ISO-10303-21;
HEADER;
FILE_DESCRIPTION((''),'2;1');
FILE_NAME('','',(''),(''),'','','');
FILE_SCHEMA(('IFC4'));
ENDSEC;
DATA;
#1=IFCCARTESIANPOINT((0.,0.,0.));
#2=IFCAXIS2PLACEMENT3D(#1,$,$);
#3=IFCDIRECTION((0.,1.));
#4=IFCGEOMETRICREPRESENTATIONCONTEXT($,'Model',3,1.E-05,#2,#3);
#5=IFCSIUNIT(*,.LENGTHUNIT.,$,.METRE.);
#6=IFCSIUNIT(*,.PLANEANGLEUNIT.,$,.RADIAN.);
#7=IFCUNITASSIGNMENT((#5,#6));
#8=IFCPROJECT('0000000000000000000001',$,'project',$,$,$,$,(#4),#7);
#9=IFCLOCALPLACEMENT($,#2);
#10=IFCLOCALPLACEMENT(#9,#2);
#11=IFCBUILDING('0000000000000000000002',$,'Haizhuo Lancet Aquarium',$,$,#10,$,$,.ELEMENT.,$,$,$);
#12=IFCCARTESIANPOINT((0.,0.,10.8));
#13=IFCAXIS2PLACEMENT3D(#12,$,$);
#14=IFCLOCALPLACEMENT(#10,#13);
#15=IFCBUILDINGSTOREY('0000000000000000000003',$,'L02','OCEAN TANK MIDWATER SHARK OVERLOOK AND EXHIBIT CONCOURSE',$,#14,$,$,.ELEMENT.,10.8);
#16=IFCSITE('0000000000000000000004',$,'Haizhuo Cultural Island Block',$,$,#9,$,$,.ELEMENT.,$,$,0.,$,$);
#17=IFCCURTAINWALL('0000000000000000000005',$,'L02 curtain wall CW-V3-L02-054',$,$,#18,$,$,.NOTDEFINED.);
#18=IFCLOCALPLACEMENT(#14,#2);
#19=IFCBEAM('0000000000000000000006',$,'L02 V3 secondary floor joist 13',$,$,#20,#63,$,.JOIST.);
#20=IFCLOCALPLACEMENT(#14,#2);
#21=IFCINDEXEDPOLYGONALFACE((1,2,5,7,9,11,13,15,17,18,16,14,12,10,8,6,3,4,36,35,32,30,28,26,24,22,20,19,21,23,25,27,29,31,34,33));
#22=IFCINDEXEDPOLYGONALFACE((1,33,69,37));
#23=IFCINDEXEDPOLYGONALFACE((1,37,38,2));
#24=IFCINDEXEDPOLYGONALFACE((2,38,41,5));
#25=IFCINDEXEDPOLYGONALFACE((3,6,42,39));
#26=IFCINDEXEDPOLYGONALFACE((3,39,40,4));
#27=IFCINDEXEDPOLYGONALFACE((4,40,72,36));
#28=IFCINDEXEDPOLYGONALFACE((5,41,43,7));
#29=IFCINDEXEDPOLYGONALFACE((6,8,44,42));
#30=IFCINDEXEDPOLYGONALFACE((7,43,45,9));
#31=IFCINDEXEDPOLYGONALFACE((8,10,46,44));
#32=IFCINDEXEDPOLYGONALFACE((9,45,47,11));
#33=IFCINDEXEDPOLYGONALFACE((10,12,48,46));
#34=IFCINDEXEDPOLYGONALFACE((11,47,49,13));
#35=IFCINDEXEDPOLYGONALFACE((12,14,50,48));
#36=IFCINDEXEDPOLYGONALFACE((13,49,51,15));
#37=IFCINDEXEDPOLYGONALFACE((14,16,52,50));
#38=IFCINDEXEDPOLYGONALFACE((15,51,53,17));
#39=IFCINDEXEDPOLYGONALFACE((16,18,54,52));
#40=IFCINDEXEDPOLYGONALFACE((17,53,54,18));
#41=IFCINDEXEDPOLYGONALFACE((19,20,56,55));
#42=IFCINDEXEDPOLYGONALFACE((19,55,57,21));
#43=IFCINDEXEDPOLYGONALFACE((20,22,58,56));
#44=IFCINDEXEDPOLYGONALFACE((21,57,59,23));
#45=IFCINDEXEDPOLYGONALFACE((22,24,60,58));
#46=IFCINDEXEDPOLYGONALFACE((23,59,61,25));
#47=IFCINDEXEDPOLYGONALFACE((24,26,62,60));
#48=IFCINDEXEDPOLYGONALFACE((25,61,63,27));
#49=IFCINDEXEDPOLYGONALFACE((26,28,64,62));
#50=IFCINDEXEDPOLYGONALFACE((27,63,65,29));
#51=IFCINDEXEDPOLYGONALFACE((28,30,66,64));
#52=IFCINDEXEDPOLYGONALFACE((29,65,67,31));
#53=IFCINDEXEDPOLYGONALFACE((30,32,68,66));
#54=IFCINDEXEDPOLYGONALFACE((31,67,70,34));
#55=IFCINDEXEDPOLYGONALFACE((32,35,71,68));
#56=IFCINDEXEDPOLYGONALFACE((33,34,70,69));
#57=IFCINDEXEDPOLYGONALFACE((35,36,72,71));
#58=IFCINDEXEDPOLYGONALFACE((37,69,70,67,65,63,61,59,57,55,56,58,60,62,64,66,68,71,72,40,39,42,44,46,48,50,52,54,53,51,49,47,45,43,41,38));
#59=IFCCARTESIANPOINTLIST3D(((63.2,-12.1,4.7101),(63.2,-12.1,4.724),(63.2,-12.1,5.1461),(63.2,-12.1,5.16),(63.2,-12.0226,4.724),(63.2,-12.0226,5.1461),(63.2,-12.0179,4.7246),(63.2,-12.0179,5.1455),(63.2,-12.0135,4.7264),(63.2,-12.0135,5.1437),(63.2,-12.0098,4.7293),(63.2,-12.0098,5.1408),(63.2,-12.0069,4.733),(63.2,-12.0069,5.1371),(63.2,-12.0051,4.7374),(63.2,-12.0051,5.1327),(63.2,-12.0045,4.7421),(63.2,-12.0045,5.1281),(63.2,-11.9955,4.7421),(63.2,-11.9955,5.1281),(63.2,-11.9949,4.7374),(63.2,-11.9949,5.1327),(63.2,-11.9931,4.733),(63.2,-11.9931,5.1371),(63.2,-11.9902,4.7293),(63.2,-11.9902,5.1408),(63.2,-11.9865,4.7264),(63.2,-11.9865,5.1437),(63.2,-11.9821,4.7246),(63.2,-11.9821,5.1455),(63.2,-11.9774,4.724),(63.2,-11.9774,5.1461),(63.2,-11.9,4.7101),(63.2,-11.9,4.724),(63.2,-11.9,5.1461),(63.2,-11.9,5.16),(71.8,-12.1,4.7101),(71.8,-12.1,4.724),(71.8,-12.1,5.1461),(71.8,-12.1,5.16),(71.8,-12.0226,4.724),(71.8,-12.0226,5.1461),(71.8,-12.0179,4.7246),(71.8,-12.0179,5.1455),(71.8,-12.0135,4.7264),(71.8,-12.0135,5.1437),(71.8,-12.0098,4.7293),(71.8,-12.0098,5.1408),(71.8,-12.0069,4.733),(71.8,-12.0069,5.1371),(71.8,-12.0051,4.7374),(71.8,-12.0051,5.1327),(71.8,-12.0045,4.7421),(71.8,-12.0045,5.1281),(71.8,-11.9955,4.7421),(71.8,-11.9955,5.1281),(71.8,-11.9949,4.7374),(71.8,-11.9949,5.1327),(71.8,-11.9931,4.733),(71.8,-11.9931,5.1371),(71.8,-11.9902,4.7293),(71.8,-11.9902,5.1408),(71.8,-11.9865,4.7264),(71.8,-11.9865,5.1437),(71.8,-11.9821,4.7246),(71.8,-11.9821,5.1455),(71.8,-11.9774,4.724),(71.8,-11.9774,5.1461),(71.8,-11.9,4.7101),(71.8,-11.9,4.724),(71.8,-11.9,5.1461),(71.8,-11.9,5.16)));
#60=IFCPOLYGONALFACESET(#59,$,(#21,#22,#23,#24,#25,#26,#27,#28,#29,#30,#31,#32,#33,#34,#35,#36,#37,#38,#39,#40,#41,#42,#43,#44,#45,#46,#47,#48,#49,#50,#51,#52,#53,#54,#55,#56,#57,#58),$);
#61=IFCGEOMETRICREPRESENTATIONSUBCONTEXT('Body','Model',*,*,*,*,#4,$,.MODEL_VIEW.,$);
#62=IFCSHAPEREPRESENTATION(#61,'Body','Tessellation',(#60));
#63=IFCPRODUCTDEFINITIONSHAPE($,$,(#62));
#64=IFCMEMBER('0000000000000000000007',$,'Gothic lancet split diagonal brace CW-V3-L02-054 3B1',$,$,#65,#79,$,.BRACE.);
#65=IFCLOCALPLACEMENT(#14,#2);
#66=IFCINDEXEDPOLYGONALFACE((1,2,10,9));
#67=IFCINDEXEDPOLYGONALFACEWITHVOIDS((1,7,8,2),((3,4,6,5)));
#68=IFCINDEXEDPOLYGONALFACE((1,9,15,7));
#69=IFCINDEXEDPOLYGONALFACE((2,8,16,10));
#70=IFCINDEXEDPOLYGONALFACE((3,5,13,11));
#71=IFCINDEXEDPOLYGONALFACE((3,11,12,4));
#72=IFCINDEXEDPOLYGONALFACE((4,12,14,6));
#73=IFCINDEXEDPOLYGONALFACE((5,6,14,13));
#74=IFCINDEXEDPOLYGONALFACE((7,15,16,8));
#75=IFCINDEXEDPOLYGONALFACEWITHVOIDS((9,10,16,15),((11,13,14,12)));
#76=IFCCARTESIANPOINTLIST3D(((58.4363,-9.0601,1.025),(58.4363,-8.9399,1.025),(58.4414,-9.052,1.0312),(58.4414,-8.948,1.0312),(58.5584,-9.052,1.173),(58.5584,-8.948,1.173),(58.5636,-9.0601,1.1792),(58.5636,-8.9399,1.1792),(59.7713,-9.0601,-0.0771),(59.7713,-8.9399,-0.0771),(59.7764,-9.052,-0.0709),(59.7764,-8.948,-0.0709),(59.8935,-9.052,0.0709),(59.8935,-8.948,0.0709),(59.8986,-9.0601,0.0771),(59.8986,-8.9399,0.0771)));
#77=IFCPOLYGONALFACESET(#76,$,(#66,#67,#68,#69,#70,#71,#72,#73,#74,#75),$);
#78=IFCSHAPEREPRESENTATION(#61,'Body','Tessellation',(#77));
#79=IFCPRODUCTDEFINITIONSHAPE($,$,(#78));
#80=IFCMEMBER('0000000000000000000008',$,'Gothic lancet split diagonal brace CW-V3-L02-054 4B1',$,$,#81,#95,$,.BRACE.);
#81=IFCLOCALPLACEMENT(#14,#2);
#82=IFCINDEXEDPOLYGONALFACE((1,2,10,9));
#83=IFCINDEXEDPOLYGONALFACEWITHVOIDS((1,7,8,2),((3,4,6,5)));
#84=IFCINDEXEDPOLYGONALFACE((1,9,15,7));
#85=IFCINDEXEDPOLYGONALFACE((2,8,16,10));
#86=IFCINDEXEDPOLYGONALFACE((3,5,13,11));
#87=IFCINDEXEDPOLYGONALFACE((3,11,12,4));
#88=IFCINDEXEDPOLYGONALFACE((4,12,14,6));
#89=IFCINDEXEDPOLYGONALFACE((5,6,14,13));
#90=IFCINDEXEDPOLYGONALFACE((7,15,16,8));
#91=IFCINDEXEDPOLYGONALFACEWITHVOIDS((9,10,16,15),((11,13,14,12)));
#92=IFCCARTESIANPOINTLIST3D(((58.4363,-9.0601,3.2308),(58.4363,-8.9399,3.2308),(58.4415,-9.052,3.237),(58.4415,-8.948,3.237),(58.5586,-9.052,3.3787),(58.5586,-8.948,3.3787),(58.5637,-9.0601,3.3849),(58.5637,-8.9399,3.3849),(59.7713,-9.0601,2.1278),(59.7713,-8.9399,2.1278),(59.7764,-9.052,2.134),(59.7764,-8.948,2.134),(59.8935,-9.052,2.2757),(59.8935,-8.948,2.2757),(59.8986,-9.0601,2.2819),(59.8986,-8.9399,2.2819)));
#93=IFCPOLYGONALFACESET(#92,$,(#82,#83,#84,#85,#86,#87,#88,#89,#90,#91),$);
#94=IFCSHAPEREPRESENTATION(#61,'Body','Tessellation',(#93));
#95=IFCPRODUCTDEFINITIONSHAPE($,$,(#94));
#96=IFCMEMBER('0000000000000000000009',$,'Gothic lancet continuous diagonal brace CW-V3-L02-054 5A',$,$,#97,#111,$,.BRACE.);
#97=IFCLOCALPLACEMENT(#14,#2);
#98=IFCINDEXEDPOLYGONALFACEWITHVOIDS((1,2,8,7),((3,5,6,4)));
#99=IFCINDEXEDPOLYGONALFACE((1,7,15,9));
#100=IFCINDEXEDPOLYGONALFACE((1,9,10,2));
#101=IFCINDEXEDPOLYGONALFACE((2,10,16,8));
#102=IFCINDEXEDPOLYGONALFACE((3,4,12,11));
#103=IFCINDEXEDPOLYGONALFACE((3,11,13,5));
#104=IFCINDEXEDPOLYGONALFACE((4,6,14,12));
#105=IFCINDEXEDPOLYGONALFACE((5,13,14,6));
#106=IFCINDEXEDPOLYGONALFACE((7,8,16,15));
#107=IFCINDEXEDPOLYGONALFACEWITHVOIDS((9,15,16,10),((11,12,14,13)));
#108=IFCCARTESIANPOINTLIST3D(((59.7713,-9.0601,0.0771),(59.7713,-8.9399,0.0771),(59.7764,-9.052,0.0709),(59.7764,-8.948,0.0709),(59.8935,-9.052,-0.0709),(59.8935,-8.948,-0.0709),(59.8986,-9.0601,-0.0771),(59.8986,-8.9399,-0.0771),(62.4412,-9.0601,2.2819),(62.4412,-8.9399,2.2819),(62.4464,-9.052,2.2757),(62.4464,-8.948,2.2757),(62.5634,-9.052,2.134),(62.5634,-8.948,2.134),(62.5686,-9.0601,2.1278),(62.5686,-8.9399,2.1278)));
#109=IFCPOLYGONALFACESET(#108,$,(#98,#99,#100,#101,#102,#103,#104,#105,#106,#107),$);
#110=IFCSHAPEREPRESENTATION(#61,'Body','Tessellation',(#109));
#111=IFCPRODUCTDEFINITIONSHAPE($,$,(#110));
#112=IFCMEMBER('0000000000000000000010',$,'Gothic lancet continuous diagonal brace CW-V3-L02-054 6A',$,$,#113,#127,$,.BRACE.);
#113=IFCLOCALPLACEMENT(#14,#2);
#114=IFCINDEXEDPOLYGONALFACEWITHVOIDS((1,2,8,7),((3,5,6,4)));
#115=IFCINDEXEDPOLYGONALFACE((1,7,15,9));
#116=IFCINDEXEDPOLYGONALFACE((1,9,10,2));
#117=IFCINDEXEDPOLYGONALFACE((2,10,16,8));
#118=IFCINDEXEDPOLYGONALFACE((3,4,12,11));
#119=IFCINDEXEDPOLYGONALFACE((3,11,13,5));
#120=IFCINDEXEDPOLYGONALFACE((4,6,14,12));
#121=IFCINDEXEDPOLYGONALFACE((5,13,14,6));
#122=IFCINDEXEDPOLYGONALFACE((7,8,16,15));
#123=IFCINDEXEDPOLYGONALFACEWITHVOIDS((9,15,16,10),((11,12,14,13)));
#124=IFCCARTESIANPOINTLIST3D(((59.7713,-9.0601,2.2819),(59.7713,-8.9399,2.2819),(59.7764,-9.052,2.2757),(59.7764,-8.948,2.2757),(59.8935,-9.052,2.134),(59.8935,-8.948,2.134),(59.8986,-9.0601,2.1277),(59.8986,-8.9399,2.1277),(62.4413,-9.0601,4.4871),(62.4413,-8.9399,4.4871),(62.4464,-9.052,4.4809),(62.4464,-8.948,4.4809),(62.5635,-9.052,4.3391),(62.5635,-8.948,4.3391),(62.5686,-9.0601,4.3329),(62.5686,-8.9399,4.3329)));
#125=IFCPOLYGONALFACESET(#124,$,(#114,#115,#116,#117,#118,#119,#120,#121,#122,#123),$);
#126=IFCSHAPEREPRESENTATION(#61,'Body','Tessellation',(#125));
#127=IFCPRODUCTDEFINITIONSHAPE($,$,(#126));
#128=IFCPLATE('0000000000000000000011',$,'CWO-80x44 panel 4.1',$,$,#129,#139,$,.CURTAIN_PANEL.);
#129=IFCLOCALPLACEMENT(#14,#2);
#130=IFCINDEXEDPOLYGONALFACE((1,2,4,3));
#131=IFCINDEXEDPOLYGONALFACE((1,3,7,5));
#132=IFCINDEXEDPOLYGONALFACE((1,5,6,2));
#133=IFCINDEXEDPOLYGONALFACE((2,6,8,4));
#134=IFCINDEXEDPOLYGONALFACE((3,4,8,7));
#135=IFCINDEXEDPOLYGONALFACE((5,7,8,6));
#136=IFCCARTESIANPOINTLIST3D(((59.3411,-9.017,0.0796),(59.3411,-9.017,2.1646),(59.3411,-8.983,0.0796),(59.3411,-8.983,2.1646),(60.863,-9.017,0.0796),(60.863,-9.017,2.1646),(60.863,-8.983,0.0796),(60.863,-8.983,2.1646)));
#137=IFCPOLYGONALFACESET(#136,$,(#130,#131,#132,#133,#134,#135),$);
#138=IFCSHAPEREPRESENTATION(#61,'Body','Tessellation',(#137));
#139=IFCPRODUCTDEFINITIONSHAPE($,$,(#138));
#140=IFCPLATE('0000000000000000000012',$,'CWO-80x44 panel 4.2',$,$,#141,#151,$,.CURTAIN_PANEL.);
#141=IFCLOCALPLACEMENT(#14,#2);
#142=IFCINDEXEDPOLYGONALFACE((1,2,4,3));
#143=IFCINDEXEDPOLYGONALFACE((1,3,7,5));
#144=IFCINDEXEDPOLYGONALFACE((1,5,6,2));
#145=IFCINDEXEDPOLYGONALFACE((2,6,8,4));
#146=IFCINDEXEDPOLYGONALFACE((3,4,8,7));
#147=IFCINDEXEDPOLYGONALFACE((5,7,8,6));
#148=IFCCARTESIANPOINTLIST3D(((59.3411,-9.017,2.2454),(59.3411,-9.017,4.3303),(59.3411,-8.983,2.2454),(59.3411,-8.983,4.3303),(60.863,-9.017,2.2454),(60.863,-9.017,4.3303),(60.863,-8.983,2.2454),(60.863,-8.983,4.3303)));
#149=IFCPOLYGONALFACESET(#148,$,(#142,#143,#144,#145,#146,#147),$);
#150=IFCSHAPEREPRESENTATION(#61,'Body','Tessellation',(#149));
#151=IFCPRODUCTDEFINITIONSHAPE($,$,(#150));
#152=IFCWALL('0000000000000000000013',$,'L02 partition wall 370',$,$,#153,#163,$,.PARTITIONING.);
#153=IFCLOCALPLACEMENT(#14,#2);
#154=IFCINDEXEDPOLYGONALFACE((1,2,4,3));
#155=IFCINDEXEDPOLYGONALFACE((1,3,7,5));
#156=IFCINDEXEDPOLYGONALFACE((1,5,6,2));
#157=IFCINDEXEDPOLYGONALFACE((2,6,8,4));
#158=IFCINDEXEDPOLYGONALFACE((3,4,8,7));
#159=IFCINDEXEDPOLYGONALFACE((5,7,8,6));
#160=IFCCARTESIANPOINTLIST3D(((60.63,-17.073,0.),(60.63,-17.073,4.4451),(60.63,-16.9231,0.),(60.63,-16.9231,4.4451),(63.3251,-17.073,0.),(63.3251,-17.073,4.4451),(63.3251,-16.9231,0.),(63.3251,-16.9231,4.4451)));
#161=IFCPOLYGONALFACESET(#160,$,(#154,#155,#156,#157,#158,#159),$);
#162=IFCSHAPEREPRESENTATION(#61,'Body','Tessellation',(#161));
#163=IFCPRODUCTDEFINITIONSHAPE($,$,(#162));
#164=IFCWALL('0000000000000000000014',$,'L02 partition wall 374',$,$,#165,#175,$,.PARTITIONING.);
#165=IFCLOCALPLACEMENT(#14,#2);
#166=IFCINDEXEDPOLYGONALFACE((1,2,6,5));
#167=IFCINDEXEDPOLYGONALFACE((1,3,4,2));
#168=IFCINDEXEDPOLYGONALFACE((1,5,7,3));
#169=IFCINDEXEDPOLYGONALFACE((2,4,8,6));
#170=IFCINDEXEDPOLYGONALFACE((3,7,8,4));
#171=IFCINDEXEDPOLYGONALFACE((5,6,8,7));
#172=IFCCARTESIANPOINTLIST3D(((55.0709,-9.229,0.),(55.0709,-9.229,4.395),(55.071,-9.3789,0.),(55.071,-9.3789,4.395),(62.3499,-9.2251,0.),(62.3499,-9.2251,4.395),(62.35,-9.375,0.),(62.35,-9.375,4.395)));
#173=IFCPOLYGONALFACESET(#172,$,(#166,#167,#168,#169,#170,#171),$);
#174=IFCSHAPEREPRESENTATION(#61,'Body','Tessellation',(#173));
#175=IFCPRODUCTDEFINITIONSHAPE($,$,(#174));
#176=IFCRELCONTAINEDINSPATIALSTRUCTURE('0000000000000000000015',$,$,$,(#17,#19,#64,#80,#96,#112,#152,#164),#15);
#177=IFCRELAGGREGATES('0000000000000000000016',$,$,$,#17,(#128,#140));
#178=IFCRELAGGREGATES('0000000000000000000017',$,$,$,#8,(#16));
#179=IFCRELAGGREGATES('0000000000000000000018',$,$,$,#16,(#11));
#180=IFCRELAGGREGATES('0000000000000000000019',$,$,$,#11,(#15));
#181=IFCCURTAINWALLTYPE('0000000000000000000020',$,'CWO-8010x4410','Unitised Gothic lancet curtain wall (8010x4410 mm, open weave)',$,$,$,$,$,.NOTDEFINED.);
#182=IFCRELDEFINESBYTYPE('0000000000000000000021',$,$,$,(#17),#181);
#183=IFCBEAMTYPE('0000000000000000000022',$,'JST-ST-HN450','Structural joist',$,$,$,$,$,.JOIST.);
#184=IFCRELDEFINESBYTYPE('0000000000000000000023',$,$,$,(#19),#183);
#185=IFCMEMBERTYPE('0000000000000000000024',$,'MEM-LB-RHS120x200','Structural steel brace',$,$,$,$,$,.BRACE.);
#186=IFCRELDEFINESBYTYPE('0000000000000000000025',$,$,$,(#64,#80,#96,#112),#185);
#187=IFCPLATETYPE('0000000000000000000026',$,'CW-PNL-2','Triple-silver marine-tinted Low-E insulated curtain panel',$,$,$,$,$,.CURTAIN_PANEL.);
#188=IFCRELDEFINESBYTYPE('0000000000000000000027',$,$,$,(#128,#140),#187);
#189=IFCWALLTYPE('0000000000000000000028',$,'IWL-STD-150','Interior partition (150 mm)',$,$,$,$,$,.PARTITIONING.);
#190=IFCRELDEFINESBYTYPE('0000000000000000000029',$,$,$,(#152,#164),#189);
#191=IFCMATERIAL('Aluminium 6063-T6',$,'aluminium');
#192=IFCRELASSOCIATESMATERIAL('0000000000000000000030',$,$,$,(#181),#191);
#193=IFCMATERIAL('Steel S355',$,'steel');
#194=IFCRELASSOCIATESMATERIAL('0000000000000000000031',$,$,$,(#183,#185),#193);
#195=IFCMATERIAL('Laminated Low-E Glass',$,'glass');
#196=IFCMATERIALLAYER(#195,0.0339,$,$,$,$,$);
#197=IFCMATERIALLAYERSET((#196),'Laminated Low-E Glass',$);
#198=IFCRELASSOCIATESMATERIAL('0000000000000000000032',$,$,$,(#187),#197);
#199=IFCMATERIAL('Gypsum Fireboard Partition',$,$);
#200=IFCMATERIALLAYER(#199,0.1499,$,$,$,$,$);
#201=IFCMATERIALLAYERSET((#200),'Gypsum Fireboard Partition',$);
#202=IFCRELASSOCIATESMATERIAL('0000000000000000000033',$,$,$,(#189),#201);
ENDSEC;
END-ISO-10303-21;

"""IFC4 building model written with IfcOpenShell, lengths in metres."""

from ifc_helpers import new_model, si_unit, direction, frame, frame_2d, origin, origin_2d, place, context, subcontext, project, spatial, rectangle, hollow_rectangle, i_section, extrude, material, layer, layer_set, material_profile, profile_set, type_object, element, aggregate, save


model = new_model("IFC4")

# Units and contexts
model_context = context("Model", 3, precision=1e-05, world=origin(), true_north=direction((0.0, 1.0)))
body_context = subcontext(model_context, "Body", "Model", "MODEL_VIEW")
ifc_project = project(units=[si_unit("LENGTHUNIT", "METRE"), si_unit("PLANEANGLEUNIT", "RADIAN")], contexts=[model_context])

# Site, building, storey
site_placement = place(None, origin())
site = spatial("IfcSite", under=ifc_project, at=site_placement, Name="Haizhuo Cultural Island Block", CompositionType="ELEMENT", RefElevation=0.0)
building_placement = place(site_placement, origin())
building = spatial("IfcBuilding", under=site, at=building_placement, Name="Haizhuo Lancet Aquarium", CompositionType="ELEMENT")
storey_placement = place(building_placement, frame((0.0, 0.0, 10.8)))
storey = spatial("IfcBuildingStorey", under=building, at=storey_placement, Name="L02", Description="OCEAN TANK MIDWATER SHARK OVERLOOK AND EXHIBIT CONCOURSE", CompositionType="ELEMENT", Elevation=10.8)

# Curtain wall
ifc_material_1 = material(Name="Aluminium 6063-T6", Category="aluminium")
curtain_wall_type = type_object("IfcCurtainWallType", Name="CWO-8010x4410", Description="Unitised Gothic lancet curtain wall (8010x4410 mm, open weave)", PredefinedType="NOTDEFINED", material=ifc_material_1)
curtain_wall_placement = place(storey_placement, origin())
curtain_wall = element("IfcCurtainWall", 1, at=curtain_wall_placement, inside=storey, type_object=curtain_wall_type, Name="L02 curtain wall CW-V3-L02-054", PredefinedType="NOTDEFINED")

# Beam
ifc_material_2 = material(Name="Steel S355", Category="steel")
ifc_material_profile_1 = material_profile(ifc_material_2, i_section(OverallWidth=0.2, OverallDepth=0.45, WebThickness=0.009, FlangeThickness=0.0139, FilletRadius=0.0181, at=origin_2d()), Name="HN 450x200x9x14")
ifc_profile_set_1 = profile_set([ifc_material_profile_1], Name="Steel S355")
beam_type_1 = type_object("IfcBeamType", Name="JST-ST-HN450", Description="Structural joist", PredefinedType="JOIST", material=ifc_profile_set_1)
beam_1_placement = place(storey_placement, frame((63.2, -12.0, 4.9351), z_axis=(1.0, 0.0, 0.0), x_axis=(0.0, 1.0, 0.0)))
element("IfcBeam", 2, at=beam_1_placement, inside=storey, type_object=beam_type_1, Name="L02 V3 secondary floor joist 13", PredefinedType="JOIST", context=body_context, shape_type="SweptSolid", body=[
    extrude(i_section(OverallWidth=0.2, OverallDepth=0.45, WebThickness=0.009, FlangeThickness=0.0139, FilletRadius=0.0181, at=origin_2d()), origin(), (0.0, 0.0, 1.0), 8.6001),
])

# Members
ifc_material_profile_2 = material_profile(ifc_material_2, hollow_rectangle(XDim=0.1201, YDim=0.2, WallThickness=0.0081, at=origin_2d()), Name="RHS 120x200x8")
ifc_profile_set_2 = profile_set([ifc_material_profile_2], Name="Steel S355")
member_type_1 = type_object("IfcMemberType", Name="MEM-LB-RHS120x200", Description="Structural steel brace", PredefinedType="BRACE", material=ifc_profile_set_2)
member_1_placement = place(storey_placement, frame((59.835, -9.0, 0.0), z_axis=(-0.771172, 0.0, 0.636626), x_axis=(0.0, -1.0, 0.0)))
element("IfcMember", 3, at=member_1_placement, inside=storey, type_object=member_type_1, Name="Gothic lancet split diagonal brace CW-V3-L02-054 3B1", PredefinedType="BRACE", context=body_context, shape_type="SweptSolid", body=[
    extrude(hollow_rectangle(XDim=0.1201, YDim=0.2, WallThickness=0.0081, at=origin_2d()), origin(), (0.0, 0.0, 1.0), 1.7312),
])
member_2_placement = place(storey_placement, frame((59.835, -9.0, 2.2048), z_axis=(-0.770896, 0.0, 0.636962), x_axis=(0.0, -1.0, 0.0)))
element("IfcMember", 4, at=member_2_placement, inside=storey, type_object=member_type_1, Name="Gothic lancet split diagonal brace CW-V3-L02-054 4B1", PredefinedType="BRACE", context=body_context, shape_type="SweptSolid", body=[
    extrude(hollow_rectangle(XDim=0.1201, YDim=0.2, WallThickness=0.0081, at=origin_2d()), origin(), (0.0, 0.0, 1.0), 1.7317),
])
member_3_placement = place(storey_placement, frame((59.835, -9.0, 0.0), z_axis=(0.771069, 0.0, 0.636752), x_axis=(0.0, 1.0, 0.0)))
element("IfcMember", 5, at=member_3_placement, inside=storey, type_object=member_type_1, Name="Gothic lancet continuous diagonal brace CW-V3-L02-054 5A", PredefinedType="BRACE", context=body_context, shape_type="SweptSolid", body=[
    extrude(hollow_rectangle(XDim=0.1201, YDim=0.2, WallThickness=0.0081, at=origin_2d()), origin(), (0.0, 0.0, 1.0), 3.4626),
])
member_4_placement = place(storey_placement, frame((59.835, -9.0, 2.2048), z_axis=(0.771034, 0.0, 0.636794), x_axis=(0.0, 1.0, 0.0)))
element("IfcMember", 6, at=member_4_placement, inside=storey, type_object=member_type_1, Name="Gothic lancet continuous diagonal brace CW-V3-L02-054 6A", PredefinedType="BRACE", context=body_context, shape_type="SweptSolid", body=[
    extrude(hollow_rectangle(XDim=0.1201, YDim=0.2, WallThickness=0.0081, at=origin_2d()), origin(), (0.0, 0.0, 1.0), 3.4629),
])

# Plates
ifc_material_3 = material(Name="Laminated Low-E Glass", Category="glass")
ifc_layer_1 = layer(ifc_material_3, 0.0339)
ifc_layer_set_1 = layer_set([ifc_layer_1], Name="Laminated Low-E Glass")
plate_type = type_object("IfcPlateType", Name="CW-PNL-2", Description="Triple-silver marine-tinted Low-E insulated curtain panel", PredefinedType="CURTAIN_PANEL", material=ifc_layer_set_1)
plate_1_placement = place(storey_placement, frame((60.1021, -9.0, 0.0796), z_axis=(0.0, 0.0, 1.0), x_axis=(1.0, 0.0, 0.0)))
plate_1 = element("IfcPlate", 7, at=plate_1_placement, type_object=plate_type, Name="CWO-80x44 panel 4.1", PredefinedType="CURTAIN_PANEL", context=body_context, shape_type="SweptSolid", body=[
    extrude(rectangle(XDim=1.522, YDim=0.0339, at=origin_2d()), origin(), (0.0, 0.0, 1.0), 2.085),
])
plate_2_placement = place(storey_placement, frame((60.1021, -9.0, 2.2454), z_axis=(0.0, 0.0, 1.0), x_axis=(1.0, 0.0, 0.0)))
plate_2 = element("IfcPlate", 8, at=plate_2_placement, type_object=plate_type, Name="CWO-80x44 panel 4.2", PredefinedType="CURTAIN_PANEL", context=body_context, shape_type="SweptSolid", body=[
    extrude(rectangle(XDim=1.522, YDim=0.0339, at=origin_2d()), origin(), (0.0, 0.0, 1.0), 2.085),
])
aggregate(curtain_wall, [plate_1, plate_2])

# Walls
ifc_material_4 = material(Name="Gypsum Fireboard Partition")
ifc_layer_2 = layer(ifc_material_4, 0.1499)
ifc_layer_set_2 = layer_set([ifc_layer_2], Name="Gypsum Fireboard Partition")
wall_type_1 = type_object("IfcWallType", Name="IWL-STD-150", Description="Interior partition (150 mm)", PredefinedType="PARTITIONING", material=ifc_layer_set_2)
wall_1_placement = place(storey_placement, frame((60.6299, -16.998, 0.0), z_axis=(0.0, 0.0, 1.0), x_axis=(1.0, 0.0, 0.0)))
element("IfcWall", 9, at=wall_1_placement, inside=storey, type_object=wall_type_1, Name="L02 partition wall 370", PredefinedType="PARTITIONING", context=body_context, shape_type="SweptSolid", body=[
    extrude(rectangle(XDim=2.6951, YDim=0.1499, at=frame_2d((1.3477, 0.0))), origin(), (0.0, 0.0, 1.0), 4.4451),
])
wall_2_placement = place(storey_placement, frame((62.3501, -9.3, 0.0), z_axis=(0.0, 0.0, 1.0), x_axis=(-1.0, -0.000537, 0.0)))
element("IfcWall", 10, at=wall_2_placement, inside=storey, type_object=wall_type_1, Name="L02 partition wall 374", PredefinedType="PARTITIONING", context=body_context, shape_type="SweptSolid", body=[
    extrude(rectangle(XDim=7.2791, YDim=0.1499, at=frame_2d((3.6396, 0.0))), origin(), (0.0, 0.0, 1.0), 4.395),
])

save(model, "model.ifc")
